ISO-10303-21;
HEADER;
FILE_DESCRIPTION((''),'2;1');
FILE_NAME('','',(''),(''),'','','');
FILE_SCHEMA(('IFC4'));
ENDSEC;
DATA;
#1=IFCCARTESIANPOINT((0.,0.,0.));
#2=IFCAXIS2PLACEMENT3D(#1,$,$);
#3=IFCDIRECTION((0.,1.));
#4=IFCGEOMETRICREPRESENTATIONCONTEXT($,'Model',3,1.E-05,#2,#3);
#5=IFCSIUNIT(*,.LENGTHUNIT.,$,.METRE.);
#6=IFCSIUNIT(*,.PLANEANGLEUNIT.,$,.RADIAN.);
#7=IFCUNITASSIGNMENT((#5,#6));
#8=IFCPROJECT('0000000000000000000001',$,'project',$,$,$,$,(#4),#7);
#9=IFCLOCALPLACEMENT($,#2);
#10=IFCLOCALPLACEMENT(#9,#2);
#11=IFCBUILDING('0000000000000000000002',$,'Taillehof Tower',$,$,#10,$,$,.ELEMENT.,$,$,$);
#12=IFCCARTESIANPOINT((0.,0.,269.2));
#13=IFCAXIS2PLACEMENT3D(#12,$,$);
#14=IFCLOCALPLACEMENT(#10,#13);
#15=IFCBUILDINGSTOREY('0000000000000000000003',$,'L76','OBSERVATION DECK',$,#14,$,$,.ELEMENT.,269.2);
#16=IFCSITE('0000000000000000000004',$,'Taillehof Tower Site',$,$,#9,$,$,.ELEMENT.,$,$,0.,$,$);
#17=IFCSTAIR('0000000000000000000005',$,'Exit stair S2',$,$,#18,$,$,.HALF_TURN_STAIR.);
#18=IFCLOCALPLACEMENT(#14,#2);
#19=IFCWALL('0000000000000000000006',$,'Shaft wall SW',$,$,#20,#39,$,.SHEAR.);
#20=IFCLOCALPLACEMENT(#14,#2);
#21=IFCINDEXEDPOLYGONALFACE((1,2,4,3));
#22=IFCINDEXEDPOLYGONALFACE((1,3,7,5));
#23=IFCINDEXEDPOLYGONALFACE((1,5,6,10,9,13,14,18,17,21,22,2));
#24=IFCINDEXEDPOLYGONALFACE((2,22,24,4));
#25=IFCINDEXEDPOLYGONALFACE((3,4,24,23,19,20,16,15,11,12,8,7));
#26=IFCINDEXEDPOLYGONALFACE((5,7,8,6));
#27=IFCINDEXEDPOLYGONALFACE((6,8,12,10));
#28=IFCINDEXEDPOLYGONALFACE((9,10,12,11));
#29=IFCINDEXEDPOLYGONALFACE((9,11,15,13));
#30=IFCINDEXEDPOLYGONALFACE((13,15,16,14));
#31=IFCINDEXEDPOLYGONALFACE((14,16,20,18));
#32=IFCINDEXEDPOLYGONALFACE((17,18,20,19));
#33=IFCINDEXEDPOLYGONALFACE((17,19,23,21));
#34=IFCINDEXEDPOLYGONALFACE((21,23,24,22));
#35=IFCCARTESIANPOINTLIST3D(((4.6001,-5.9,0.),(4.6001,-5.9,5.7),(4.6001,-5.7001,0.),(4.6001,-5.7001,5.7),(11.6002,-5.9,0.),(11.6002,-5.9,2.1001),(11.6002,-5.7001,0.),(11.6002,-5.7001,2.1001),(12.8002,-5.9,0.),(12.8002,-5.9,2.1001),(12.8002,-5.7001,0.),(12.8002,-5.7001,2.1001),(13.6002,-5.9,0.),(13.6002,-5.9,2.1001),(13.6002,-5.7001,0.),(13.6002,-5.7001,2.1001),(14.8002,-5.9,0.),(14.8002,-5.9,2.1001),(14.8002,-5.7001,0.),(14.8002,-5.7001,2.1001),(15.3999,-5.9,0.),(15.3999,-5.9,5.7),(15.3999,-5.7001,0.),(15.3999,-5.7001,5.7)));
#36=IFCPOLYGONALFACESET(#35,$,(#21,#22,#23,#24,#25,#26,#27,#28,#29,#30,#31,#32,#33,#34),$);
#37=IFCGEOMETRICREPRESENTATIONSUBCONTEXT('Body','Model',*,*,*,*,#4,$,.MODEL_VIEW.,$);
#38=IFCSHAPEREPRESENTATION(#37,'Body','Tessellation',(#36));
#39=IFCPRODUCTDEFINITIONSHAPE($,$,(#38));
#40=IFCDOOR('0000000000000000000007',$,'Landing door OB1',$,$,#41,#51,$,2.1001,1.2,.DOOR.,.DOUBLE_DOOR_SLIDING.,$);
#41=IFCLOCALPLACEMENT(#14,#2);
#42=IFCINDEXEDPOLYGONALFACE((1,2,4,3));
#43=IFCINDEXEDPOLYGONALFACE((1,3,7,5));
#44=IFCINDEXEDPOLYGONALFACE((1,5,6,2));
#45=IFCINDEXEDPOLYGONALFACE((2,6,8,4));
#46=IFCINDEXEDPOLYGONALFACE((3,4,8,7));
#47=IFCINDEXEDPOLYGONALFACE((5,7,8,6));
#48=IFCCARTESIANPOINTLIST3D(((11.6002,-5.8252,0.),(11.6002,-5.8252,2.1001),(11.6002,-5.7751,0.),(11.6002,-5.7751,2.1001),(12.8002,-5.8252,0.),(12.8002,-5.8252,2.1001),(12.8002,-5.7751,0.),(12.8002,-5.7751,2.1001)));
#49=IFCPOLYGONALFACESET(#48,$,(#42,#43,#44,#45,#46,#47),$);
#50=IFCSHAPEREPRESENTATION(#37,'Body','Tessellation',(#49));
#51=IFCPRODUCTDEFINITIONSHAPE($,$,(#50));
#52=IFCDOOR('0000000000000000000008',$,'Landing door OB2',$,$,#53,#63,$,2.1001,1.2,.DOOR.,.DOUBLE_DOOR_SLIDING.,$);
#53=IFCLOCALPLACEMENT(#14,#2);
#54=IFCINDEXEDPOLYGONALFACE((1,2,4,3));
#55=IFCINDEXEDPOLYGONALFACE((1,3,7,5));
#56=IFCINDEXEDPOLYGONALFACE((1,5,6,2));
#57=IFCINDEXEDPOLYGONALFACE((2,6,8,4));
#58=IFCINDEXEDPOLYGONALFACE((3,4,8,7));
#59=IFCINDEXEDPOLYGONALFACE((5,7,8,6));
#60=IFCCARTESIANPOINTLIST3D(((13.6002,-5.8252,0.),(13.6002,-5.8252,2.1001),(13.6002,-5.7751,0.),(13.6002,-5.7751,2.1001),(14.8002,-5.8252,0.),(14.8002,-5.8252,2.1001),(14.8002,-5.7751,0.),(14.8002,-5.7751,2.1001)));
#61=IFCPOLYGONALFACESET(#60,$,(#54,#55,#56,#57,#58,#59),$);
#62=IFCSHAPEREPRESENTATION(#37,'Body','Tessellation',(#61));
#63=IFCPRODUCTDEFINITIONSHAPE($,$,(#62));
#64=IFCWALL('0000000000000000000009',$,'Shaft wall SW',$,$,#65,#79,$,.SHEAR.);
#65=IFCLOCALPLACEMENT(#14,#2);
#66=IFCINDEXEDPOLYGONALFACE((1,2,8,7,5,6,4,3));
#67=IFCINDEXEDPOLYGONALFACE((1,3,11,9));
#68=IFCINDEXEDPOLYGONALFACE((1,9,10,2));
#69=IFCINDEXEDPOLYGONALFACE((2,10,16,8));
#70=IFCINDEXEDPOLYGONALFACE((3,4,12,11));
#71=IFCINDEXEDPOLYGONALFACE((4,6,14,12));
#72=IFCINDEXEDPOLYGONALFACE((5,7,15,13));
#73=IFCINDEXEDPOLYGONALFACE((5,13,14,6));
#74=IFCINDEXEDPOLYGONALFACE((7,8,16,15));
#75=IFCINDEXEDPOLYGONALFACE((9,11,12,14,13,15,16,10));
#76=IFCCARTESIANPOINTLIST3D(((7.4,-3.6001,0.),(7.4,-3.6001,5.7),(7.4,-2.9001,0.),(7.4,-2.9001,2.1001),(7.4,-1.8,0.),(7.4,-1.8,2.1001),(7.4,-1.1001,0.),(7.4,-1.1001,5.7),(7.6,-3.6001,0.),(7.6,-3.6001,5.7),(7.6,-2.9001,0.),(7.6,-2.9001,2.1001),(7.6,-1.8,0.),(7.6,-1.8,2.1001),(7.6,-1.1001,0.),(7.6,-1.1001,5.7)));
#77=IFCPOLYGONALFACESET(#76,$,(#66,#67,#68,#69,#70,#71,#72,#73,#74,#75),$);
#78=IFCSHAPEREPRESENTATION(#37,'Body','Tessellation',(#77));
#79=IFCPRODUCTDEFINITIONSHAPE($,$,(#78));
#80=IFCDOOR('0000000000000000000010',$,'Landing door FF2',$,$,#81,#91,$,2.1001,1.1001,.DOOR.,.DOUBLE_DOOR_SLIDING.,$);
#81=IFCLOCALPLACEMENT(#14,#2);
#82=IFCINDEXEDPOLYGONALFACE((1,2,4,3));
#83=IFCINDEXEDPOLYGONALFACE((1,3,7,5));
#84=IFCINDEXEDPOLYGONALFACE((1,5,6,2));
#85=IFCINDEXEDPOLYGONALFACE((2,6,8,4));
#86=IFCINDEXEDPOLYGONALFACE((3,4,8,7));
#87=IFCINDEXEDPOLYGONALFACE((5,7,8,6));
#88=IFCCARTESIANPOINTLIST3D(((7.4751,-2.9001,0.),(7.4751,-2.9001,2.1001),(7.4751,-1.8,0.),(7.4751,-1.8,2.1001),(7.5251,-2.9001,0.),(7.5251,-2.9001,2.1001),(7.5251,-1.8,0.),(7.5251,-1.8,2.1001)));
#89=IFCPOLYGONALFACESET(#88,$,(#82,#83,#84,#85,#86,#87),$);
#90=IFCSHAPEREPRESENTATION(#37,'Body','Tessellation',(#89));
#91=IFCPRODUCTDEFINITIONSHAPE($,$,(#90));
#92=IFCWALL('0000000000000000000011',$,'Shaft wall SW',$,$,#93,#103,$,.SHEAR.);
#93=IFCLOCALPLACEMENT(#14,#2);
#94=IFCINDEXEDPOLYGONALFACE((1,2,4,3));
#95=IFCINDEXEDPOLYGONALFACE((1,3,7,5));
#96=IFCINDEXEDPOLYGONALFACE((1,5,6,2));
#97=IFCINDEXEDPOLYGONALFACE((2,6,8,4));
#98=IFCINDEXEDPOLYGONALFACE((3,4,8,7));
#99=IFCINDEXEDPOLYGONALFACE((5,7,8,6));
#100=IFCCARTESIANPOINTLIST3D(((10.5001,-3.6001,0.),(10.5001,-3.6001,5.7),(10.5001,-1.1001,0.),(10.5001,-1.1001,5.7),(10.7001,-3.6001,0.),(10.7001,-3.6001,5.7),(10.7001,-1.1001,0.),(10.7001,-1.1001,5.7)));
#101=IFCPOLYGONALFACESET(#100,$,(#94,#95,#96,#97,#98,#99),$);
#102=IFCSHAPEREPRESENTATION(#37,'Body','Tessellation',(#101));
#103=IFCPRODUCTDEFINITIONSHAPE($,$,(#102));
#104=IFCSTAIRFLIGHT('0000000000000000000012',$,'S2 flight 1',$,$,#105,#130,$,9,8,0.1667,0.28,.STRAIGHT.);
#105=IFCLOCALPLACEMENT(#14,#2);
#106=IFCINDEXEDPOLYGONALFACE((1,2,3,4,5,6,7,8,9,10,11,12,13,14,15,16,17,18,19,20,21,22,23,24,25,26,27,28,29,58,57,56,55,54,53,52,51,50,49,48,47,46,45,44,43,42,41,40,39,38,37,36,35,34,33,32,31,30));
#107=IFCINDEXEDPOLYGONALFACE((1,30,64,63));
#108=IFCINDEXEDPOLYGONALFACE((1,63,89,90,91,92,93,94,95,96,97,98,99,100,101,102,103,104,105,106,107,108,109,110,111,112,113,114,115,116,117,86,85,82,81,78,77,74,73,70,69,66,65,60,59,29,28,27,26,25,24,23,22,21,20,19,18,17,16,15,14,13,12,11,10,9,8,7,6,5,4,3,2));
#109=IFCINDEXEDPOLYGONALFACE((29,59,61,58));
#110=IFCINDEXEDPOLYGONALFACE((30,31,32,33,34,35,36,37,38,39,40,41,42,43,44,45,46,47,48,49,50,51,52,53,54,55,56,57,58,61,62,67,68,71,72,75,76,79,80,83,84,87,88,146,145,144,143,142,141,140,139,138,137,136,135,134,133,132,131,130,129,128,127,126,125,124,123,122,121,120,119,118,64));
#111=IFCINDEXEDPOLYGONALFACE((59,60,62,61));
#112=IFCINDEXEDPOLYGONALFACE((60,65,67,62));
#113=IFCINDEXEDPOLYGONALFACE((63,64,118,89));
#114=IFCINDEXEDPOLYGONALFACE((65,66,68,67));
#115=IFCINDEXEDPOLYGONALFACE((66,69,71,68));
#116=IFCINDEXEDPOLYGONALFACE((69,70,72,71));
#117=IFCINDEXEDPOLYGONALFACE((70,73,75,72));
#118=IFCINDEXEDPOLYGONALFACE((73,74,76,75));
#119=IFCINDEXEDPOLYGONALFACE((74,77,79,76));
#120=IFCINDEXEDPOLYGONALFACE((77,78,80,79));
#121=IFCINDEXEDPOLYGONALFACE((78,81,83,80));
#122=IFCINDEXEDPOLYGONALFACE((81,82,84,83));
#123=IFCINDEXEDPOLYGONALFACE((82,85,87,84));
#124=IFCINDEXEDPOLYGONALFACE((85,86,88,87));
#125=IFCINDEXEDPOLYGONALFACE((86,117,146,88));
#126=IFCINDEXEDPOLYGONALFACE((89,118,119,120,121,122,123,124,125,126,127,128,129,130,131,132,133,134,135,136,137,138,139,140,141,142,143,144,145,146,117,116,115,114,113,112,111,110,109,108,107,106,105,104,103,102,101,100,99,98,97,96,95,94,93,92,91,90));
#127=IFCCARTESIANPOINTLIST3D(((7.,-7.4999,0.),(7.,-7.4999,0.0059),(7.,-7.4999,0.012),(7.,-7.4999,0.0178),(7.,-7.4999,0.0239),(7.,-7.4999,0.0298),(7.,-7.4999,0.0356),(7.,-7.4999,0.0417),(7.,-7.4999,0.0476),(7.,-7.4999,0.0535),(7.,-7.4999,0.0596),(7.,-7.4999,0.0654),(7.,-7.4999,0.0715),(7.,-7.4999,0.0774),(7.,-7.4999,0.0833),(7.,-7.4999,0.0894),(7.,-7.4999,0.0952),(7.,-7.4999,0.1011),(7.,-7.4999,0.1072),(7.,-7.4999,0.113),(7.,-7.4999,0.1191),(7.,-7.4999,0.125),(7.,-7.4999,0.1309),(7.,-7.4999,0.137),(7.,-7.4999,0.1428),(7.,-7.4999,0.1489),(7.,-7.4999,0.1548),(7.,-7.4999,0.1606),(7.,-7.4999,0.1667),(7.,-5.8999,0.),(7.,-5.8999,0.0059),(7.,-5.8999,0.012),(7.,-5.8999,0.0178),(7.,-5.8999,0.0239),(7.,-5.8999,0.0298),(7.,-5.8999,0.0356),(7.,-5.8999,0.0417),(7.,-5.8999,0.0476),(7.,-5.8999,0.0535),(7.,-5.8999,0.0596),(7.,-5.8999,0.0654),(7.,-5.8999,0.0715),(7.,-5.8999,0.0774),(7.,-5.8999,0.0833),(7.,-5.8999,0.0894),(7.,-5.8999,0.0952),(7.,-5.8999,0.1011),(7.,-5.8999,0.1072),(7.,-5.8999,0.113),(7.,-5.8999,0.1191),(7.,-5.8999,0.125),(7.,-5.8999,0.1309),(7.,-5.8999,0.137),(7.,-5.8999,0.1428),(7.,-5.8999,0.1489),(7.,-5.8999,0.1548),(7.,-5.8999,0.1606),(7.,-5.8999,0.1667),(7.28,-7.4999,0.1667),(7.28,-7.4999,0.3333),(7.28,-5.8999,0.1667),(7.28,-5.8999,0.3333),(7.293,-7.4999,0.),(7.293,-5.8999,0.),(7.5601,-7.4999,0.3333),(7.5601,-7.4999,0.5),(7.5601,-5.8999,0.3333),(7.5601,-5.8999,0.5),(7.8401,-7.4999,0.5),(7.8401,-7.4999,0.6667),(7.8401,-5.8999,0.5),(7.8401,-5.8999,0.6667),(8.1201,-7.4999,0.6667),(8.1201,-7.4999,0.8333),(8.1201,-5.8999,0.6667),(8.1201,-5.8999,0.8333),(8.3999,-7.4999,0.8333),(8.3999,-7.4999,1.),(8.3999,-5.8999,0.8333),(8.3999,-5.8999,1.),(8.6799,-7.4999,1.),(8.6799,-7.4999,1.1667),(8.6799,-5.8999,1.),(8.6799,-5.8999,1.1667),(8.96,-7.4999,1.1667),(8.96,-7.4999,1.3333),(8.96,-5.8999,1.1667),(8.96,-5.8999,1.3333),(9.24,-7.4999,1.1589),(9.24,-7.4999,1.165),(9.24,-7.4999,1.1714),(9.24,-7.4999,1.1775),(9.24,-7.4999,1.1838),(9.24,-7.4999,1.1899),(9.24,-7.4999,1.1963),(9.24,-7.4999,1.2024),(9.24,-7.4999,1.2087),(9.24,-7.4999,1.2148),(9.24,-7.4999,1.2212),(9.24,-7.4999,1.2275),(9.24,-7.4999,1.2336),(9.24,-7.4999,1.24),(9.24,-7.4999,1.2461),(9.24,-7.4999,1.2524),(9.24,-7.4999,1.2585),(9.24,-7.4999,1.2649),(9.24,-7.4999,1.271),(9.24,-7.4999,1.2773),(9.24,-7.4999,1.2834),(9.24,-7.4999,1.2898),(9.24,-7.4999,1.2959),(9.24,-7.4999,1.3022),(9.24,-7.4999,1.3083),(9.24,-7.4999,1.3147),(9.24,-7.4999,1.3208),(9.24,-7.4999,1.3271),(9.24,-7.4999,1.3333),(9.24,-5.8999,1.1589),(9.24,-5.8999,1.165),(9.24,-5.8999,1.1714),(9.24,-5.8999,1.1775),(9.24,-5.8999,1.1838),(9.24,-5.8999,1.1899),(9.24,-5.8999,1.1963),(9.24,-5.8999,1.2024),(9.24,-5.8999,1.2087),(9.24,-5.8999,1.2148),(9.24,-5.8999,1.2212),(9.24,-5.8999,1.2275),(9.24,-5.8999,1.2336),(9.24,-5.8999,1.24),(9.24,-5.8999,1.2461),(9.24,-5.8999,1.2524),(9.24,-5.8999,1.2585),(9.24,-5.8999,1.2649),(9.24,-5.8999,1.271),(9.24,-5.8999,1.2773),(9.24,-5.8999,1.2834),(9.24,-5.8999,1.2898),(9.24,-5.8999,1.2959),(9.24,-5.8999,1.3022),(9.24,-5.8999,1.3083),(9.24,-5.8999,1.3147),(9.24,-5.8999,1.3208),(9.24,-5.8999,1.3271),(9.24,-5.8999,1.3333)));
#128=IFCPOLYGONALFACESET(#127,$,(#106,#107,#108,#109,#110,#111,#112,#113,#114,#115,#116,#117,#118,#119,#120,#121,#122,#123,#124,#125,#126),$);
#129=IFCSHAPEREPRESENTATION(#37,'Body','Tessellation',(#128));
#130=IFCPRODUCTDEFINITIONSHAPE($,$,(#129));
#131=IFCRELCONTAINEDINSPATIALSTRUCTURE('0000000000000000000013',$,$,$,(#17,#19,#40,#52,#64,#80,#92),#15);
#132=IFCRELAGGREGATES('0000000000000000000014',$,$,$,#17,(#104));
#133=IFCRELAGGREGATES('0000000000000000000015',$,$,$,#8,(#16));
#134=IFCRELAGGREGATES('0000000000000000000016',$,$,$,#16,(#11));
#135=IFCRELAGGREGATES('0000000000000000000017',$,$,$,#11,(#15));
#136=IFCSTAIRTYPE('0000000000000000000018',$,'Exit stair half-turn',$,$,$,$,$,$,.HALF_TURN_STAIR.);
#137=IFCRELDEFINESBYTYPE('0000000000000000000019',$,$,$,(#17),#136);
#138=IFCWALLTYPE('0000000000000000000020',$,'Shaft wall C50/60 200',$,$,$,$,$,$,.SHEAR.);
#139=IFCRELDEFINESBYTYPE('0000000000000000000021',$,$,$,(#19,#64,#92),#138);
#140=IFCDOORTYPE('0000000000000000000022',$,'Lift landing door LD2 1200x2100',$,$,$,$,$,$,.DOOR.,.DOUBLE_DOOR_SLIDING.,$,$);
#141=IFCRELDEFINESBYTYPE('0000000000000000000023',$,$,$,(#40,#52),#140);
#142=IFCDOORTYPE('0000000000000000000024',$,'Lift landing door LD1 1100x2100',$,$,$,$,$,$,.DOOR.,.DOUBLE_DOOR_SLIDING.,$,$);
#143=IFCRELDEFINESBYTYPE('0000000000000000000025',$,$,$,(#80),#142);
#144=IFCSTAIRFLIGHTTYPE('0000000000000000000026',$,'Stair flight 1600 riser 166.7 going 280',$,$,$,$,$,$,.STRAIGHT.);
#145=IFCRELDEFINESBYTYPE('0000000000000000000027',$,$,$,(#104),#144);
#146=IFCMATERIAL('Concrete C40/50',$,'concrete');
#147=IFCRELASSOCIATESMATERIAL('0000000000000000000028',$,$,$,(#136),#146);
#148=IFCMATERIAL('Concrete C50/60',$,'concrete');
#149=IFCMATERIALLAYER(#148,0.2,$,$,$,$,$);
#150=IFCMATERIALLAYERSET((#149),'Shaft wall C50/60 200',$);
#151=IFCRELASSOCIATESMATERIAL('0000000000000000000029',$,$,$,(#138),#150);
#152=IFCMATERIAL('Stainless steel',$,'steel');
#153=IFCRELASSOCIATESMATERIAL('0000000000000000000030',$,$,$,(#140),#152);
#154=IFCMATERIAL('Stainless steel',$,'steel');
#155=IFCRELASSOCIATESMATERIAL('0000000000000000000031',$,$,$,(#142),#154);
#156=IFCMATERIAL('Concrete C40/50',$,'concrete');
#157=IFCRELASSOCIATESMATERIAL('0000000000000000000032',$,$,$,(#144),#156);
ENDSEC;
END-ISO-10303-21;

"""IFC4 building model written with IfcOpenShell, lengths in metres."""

from ifc_helpers import new_model, si_unit, direction, frame, frame_2d, origin, place, context, subcontext, project, spatial, polyline, rectangle, outline, extrude, material, layer, layer_set, type_object, element, fill, aggregate, save


model = new_model("IFC4")

# Units and contexts
model_context = context("Model", 3, precision=1e-05, world=origin(), true_north=direction((0.0, 1.0)))
body_context = subcontext(model_context, "Body", "Model", "MODEL_VIEW")
ifc_project = project(units=[si_unit("LENGTHUNIT", "METRE"), si_unit("PLANEANGLEUNIT", "RADIAN")], contexts=[model_context])

# Site, building, storey
site_placement = place(None, origin())
site = spatial("IfcSite", under=ifc_project, at=site_placement, Name="Taillehof Tower Site", CompositionType="ELEMENT", RefElevation=0.0)
building_placement = place(site_placement, origin())
building = spatial("IfcBuilding", under=site, at=building_placement, Name="Taillehof Tower", CompositionType="ELEMENT")
storey_placement = place(building_placement, frame((0.0, 0.0, 269.2)))
storey = spatial("IfcBuildingStorey", under=building, at=storey_placement, Name="L76", Description="OBSERVATION DECK", CompositionType="ELEMENT", Elevation=269.2)

# Stair
ifc_material_1 = material(Name="Concrete C40/50", Category="concrete")
stair_type = type_object("IfcStairType", Name="Exit stair half-turn", PredefinedType="HALF_TURN_STAIR", material=ifc_material_1)
stair_1_placement = place(storey_placement, origin())
stair_1 = element("IfcStair", 1, at=stair_1_placement, inside=storey, type_object=stair_type, Name="Exit stair S2", PredefinedType="HALF_TURN_STAIR")

# Shared definitions
ifc_material_2 = material(Name="Concrete C50/60", Category="concrete")
ifc_layer_1 = layer(ifc_material_2, 0.2)
ifc_layer_set_1 = layer_set([ifc_layer_1], Name="Shaft wall C50/60 200")
wall_type_1 = type_object("IfcWallType", Name="Shaft wall C50/60 200", PredefinedType="SHEAR", material=ifc_layer_set_1)

# Wall, openings, doors
wall_1_placement = place(storey_placement, frame((4.6001, -5.8, 0.0), z_axis=(0.0, 0.0, 1.0), x_axis=(1.0, 0.0, 0.0)))
wall_1 = element("IfcWall", 2, at=wall_1_placement, inside=storey, type_object=wall_type_1, Name="Shaft wall SW", PredefinedType="SHEAR", context=body_context, shape_type="SweptSolid", body=[
    extrude(rectangle(XDim=10.7998, YDim=0.2, at=frame_2d((5.3999, 0.0))), origin(), (0.0, 0.0, 1.0), 5.7),
])
opening_1_placement = place(wall_1_placement, frame((7.0, 0.0, 0.0)))
opening_1 = element("IfcOpeningElement", 3, at=opening_1_placement, cuts=wall_1, PredefinedType="OPENING", context=body_context, shape_type="SweptSolid", body=[
    extrude(rectangle(XDim=1.2, YDim=2.1001, at=frame_2d((0.6001, 1.05))), frame((0.0, 0.1099, 0.0), z_axis=(0.0, -1.0, 0.0), x_axis=(1.0, 0.0, 0.0)), (0.0, 0.0, 1.0), 0.22),
])
opening_2_placement = place(wall_1_placement, frame((9.0, 0.0, 0.0)))
opening_2 = element("IfcOpeningElement", 4, at=opening_2_placement, cuts=wall_1, PredefinedType="OPENING", context=body_context, shape_type="SweptSolid", body=[
    extrude(rectangle(XDim=1.2, YDim=2.1001, at=frame_2d((0.6001, 1.05))), frame((0.0, 0.1099, 0.0), z_axis=(0.0, -1.0, 0.0), x_axis=(1.0, 0.0, 0.0)), (0.0, 0.0, 1.0), 0.22),
])
ifc_material_3 = material(Name="Stainless steel", Category="steel")
door_type_1 = type_object("IfcDoorType", Name="Lift landing door LD2 1200x2100", OperationType="DOUBLE_DOOR_SLIDING", PredefinedType="DOOR", material=ifc_material_3)
door_1_placement = place(opening_1_placement, origin())
door_1 = element("IfcDoor", 5, at=door_1_placement, inside=storey, type_object=door_type_1, Name="Landing door OB1", OperationType="DOUBLE_DOOR_SLIDING", OverallHeight=2.1001, OverallWidth=1.2, PredefinedType="DOOR", context=body_context, shape_type="SweptSolid", body=[
    extrude(rectangle(XDim=1.2, YDim=2.1001, at=frame_2d((0.6001, 1.05))), frame((0.0, 0.0249, 0.0), z_axis=(0.0, -1.0, 0.0), x_axis=(1.0, 0.0, 0.0)), (0.0, 0.0, 1.0), 0.05),
])
fill(opening_1, door_1)
door_2_placement = place(opening_2_placement, origin())
door_2 = element("IfcDoor", 6, at=door_2_placement, inside=storey, type_object=door_type_1, Name="Landing door OB2", OperationType="DOUBLE_DOOR_SLIDING", OverallHeight=2.1001, OverallWidth=1.2, PredefinedType="DOOR", context=body_context, shape_type="SweptSolid", body=[
    extrude(rectangle(XDim=1.2, YDim=2.1001, at=frame_2d((0.6001, 1.05))), frame((0.0, 0.0249, 0.0), z_axis=(0.0, -1.0, 0.0), x_axis=(1.0, 0.0, 0.0)), (0.0, 0.0, 1.0), 0.05),
])
fill(opening_2, door_2)

# Wall, opening, door
wall_2_placement = place(storey_placement, frame((7.5, -3.6001, 0.0), z_axis=(0.0, 0.0, 1.0), x_axis=(0.0, 1.0, 0.0)))
wall_2 = element("IfcWall", 7, at=wall_2_placement, inside=storey, type_object=wall_type_1, Name="Shaft wall SW", PredefinedType="SHEAR", context=body_context, shape_type="SweptSolid", body=[
    extrude(rectangle(XDim=2.5, YDim=0.2, at=frame_2d((1.25, 0.0))), origin(), (0.0, 0.0, 1.0), 5.7),
])
opening_3_placement = place(wall_2_placement, frame((0.7, 0.0, 0.0)))
opening_3 = element("IfcOpeningElement", 8, at=opening_3_placement, cuts=wall_2, PredefinedType="OPENING", context=body_context, shape_type="SweptSolid", body=[
    extrude(rectangle(XDim=1.1001, YDim=2.1001, at=frame_2d((0.55, 1.05))), frame((0.0, 0.1099, 0.0), z_axis=(0.0, -1.0, 0.0), x_axis=(1.0, 0.0, 0.0)), (0.0, 0.0, 1.0), 0.22),
])
ifc_material_4 = material(Name="Stainless steel", Category="steel")
door_type_2 = type_object("IfcDoorType", Name="Lift landing door LD1 1100x2100", OperationType="DOUBLE_DOOR_SLIDING", PredefinedType="DOOR", material=ifc_material_4)
door_3_placement = place(opening_3_placement, origin())
door_3 = element("IfcDoor", 9, at=door_3_placement, inside=storey, type_object=door_type_2, Name="Landing door FF2", OperationType="DOUBLE_DOOR_SLIDING", OverallHeight=2.1001, OverallWidth=1.1001, PredefinedType="DOOR", context=body_context, shape_type="SweptSolid", body=[
    extrude(rectangle(XDim=1.1001, YDim=2.1001, at=frame_2d((0.55, 1.05))), frame((0.0, 0.0249, 0.0), z_axis=(0.0, -1.0, 0.0), x_axis=(1.0, 0.0, 0.0)), (0.0, 0.0, 1.0), 0.05),
])
fill(opening_3, door_3)

# Wall
wall_3_placement = place(storey_placement, frame((10.6001, -3.6001, 0.0), z_axis=(0.0, 0.0, 1.0), x_axis=(0.0, 1.0, 0.0)))
element("IfcWall", 10, at=wall_3_placement, inside=storey, type_object=wall_type_1, Name="Shaft wall SW", PredefinedType="SHEAR", context=body_context, shape_type="SweptSolid", body=[
    extrude(rectangle(XDim=2.5, YDim=0.2, at=frame_2d((1.25, 0.0))), origin(), (0.0, 0.0, 1.0), 5.7),
])

# Stair flight
ifc_material_5 = material(Name="Concrete C40/50", Category="concrete")
stair_flight_type = type_object("IfcStairFlightType", Name="Stair flight 1600 riser 166.7 going 280", PredefinedType="STRAIGHT", material=ifc_material_5)
stair_flight_1_placement = place(storey_placement, frame((7.0, -6.7, 0.0), z_axis=(0.0, 0.0, 1.0), x_axis=(1.0, 0.0, 0.0)))
stair_flight_1 = element("IfcStairFlight", 11, at=stair_flight_1_placement, type_object=stair_flight_type, Name="S2 flight 1", NumberOfRisers=9, NumberOfTreads=8, PredefinedType="STRAIGHT", RiserHeight=0.1667, TreadLength=0.28, context=body_context, shape_type="SweptSolid", body=[
    extrude(outline(polyline([(0.0, 0.0), (0.0, 0.0059), (0.0, 0.012), (0.0, 0.0178), (0.0, 0.0239), (0.0, 0.0298), (0.0, 0.0356), (0.0, 0.0417), (0.0, 0.0476), (0.0, 0.0535), (0.0, 0.0596), (0.0, 0.0654), (0.0, 0.0715), (0.0, 0.0774), (0.0, 0.0833), (0.0, 0.0894), (0.0, 0.0952), (0.0, 0.1011), (0.0, 0.1072), (0.0, 0.113), (0.0, 0.1191), (0.0, 0.125), (0.0, 0.1309), (0.0, 0.137), (0.0, 0.1428), (0.0, 0.1489), (0.0, 0.1548), (0.0, 0.1606), (0.0, 0.1667), (0.28, 0.1667), (0.28, 0.3333), (0.5601, 0.3333), (0.5601, 0.5), (0.8401, 0.5), (0.8401, 0.6667), (1.1201, 0.6667), (1.1201, 0.8333), (1.3999, 0.8333), (1.3999, 1.0), (1.6799, 1.0), (1.6799, 1.1667), (1.96, 1.1667), (1.96, 1.3333), (2.24, 1.3333), (2.24, 1.3271), (2.24, 1.3208), (2.24, 1.3147), (2.24, 1.3083), (2.24, 1.3022), (2.24, 1.2959), (2.24, 1.2898), (2.24, 1.2834), (2.24, 1.2773), (2.24, 1.271), (2.24, 1.2649), (2.24, 1.2585), (2.24, 1.2524), (2.24, 1.2461), (2.24, 1.24), (2.24, 1.2336), (2.24, 1.2275), (2.24, 1.2212), (2.24, 1.2148), (2.24, 1.2087), (2.24, 1.2024), (2.24, 1.1963), (2.24, 1.1899), (2.24, 1.1838), (2.24, 1.1775), (2.24, 1.1714), (2.24, 1.165), (2.24, 1.1589), (0.293, 0.0), (0.0, 0.0)])), frame((0.0, 0.8, 0.0), z_axis=(0.0, -1.0, 0.0), x_axis=(1.0, 0.0, 0.0)), (0.0, 0.0, 1.0), 1.6),
])
aggregate(stair_1, [stair_flight_1])

save(model, "model.ifc")
